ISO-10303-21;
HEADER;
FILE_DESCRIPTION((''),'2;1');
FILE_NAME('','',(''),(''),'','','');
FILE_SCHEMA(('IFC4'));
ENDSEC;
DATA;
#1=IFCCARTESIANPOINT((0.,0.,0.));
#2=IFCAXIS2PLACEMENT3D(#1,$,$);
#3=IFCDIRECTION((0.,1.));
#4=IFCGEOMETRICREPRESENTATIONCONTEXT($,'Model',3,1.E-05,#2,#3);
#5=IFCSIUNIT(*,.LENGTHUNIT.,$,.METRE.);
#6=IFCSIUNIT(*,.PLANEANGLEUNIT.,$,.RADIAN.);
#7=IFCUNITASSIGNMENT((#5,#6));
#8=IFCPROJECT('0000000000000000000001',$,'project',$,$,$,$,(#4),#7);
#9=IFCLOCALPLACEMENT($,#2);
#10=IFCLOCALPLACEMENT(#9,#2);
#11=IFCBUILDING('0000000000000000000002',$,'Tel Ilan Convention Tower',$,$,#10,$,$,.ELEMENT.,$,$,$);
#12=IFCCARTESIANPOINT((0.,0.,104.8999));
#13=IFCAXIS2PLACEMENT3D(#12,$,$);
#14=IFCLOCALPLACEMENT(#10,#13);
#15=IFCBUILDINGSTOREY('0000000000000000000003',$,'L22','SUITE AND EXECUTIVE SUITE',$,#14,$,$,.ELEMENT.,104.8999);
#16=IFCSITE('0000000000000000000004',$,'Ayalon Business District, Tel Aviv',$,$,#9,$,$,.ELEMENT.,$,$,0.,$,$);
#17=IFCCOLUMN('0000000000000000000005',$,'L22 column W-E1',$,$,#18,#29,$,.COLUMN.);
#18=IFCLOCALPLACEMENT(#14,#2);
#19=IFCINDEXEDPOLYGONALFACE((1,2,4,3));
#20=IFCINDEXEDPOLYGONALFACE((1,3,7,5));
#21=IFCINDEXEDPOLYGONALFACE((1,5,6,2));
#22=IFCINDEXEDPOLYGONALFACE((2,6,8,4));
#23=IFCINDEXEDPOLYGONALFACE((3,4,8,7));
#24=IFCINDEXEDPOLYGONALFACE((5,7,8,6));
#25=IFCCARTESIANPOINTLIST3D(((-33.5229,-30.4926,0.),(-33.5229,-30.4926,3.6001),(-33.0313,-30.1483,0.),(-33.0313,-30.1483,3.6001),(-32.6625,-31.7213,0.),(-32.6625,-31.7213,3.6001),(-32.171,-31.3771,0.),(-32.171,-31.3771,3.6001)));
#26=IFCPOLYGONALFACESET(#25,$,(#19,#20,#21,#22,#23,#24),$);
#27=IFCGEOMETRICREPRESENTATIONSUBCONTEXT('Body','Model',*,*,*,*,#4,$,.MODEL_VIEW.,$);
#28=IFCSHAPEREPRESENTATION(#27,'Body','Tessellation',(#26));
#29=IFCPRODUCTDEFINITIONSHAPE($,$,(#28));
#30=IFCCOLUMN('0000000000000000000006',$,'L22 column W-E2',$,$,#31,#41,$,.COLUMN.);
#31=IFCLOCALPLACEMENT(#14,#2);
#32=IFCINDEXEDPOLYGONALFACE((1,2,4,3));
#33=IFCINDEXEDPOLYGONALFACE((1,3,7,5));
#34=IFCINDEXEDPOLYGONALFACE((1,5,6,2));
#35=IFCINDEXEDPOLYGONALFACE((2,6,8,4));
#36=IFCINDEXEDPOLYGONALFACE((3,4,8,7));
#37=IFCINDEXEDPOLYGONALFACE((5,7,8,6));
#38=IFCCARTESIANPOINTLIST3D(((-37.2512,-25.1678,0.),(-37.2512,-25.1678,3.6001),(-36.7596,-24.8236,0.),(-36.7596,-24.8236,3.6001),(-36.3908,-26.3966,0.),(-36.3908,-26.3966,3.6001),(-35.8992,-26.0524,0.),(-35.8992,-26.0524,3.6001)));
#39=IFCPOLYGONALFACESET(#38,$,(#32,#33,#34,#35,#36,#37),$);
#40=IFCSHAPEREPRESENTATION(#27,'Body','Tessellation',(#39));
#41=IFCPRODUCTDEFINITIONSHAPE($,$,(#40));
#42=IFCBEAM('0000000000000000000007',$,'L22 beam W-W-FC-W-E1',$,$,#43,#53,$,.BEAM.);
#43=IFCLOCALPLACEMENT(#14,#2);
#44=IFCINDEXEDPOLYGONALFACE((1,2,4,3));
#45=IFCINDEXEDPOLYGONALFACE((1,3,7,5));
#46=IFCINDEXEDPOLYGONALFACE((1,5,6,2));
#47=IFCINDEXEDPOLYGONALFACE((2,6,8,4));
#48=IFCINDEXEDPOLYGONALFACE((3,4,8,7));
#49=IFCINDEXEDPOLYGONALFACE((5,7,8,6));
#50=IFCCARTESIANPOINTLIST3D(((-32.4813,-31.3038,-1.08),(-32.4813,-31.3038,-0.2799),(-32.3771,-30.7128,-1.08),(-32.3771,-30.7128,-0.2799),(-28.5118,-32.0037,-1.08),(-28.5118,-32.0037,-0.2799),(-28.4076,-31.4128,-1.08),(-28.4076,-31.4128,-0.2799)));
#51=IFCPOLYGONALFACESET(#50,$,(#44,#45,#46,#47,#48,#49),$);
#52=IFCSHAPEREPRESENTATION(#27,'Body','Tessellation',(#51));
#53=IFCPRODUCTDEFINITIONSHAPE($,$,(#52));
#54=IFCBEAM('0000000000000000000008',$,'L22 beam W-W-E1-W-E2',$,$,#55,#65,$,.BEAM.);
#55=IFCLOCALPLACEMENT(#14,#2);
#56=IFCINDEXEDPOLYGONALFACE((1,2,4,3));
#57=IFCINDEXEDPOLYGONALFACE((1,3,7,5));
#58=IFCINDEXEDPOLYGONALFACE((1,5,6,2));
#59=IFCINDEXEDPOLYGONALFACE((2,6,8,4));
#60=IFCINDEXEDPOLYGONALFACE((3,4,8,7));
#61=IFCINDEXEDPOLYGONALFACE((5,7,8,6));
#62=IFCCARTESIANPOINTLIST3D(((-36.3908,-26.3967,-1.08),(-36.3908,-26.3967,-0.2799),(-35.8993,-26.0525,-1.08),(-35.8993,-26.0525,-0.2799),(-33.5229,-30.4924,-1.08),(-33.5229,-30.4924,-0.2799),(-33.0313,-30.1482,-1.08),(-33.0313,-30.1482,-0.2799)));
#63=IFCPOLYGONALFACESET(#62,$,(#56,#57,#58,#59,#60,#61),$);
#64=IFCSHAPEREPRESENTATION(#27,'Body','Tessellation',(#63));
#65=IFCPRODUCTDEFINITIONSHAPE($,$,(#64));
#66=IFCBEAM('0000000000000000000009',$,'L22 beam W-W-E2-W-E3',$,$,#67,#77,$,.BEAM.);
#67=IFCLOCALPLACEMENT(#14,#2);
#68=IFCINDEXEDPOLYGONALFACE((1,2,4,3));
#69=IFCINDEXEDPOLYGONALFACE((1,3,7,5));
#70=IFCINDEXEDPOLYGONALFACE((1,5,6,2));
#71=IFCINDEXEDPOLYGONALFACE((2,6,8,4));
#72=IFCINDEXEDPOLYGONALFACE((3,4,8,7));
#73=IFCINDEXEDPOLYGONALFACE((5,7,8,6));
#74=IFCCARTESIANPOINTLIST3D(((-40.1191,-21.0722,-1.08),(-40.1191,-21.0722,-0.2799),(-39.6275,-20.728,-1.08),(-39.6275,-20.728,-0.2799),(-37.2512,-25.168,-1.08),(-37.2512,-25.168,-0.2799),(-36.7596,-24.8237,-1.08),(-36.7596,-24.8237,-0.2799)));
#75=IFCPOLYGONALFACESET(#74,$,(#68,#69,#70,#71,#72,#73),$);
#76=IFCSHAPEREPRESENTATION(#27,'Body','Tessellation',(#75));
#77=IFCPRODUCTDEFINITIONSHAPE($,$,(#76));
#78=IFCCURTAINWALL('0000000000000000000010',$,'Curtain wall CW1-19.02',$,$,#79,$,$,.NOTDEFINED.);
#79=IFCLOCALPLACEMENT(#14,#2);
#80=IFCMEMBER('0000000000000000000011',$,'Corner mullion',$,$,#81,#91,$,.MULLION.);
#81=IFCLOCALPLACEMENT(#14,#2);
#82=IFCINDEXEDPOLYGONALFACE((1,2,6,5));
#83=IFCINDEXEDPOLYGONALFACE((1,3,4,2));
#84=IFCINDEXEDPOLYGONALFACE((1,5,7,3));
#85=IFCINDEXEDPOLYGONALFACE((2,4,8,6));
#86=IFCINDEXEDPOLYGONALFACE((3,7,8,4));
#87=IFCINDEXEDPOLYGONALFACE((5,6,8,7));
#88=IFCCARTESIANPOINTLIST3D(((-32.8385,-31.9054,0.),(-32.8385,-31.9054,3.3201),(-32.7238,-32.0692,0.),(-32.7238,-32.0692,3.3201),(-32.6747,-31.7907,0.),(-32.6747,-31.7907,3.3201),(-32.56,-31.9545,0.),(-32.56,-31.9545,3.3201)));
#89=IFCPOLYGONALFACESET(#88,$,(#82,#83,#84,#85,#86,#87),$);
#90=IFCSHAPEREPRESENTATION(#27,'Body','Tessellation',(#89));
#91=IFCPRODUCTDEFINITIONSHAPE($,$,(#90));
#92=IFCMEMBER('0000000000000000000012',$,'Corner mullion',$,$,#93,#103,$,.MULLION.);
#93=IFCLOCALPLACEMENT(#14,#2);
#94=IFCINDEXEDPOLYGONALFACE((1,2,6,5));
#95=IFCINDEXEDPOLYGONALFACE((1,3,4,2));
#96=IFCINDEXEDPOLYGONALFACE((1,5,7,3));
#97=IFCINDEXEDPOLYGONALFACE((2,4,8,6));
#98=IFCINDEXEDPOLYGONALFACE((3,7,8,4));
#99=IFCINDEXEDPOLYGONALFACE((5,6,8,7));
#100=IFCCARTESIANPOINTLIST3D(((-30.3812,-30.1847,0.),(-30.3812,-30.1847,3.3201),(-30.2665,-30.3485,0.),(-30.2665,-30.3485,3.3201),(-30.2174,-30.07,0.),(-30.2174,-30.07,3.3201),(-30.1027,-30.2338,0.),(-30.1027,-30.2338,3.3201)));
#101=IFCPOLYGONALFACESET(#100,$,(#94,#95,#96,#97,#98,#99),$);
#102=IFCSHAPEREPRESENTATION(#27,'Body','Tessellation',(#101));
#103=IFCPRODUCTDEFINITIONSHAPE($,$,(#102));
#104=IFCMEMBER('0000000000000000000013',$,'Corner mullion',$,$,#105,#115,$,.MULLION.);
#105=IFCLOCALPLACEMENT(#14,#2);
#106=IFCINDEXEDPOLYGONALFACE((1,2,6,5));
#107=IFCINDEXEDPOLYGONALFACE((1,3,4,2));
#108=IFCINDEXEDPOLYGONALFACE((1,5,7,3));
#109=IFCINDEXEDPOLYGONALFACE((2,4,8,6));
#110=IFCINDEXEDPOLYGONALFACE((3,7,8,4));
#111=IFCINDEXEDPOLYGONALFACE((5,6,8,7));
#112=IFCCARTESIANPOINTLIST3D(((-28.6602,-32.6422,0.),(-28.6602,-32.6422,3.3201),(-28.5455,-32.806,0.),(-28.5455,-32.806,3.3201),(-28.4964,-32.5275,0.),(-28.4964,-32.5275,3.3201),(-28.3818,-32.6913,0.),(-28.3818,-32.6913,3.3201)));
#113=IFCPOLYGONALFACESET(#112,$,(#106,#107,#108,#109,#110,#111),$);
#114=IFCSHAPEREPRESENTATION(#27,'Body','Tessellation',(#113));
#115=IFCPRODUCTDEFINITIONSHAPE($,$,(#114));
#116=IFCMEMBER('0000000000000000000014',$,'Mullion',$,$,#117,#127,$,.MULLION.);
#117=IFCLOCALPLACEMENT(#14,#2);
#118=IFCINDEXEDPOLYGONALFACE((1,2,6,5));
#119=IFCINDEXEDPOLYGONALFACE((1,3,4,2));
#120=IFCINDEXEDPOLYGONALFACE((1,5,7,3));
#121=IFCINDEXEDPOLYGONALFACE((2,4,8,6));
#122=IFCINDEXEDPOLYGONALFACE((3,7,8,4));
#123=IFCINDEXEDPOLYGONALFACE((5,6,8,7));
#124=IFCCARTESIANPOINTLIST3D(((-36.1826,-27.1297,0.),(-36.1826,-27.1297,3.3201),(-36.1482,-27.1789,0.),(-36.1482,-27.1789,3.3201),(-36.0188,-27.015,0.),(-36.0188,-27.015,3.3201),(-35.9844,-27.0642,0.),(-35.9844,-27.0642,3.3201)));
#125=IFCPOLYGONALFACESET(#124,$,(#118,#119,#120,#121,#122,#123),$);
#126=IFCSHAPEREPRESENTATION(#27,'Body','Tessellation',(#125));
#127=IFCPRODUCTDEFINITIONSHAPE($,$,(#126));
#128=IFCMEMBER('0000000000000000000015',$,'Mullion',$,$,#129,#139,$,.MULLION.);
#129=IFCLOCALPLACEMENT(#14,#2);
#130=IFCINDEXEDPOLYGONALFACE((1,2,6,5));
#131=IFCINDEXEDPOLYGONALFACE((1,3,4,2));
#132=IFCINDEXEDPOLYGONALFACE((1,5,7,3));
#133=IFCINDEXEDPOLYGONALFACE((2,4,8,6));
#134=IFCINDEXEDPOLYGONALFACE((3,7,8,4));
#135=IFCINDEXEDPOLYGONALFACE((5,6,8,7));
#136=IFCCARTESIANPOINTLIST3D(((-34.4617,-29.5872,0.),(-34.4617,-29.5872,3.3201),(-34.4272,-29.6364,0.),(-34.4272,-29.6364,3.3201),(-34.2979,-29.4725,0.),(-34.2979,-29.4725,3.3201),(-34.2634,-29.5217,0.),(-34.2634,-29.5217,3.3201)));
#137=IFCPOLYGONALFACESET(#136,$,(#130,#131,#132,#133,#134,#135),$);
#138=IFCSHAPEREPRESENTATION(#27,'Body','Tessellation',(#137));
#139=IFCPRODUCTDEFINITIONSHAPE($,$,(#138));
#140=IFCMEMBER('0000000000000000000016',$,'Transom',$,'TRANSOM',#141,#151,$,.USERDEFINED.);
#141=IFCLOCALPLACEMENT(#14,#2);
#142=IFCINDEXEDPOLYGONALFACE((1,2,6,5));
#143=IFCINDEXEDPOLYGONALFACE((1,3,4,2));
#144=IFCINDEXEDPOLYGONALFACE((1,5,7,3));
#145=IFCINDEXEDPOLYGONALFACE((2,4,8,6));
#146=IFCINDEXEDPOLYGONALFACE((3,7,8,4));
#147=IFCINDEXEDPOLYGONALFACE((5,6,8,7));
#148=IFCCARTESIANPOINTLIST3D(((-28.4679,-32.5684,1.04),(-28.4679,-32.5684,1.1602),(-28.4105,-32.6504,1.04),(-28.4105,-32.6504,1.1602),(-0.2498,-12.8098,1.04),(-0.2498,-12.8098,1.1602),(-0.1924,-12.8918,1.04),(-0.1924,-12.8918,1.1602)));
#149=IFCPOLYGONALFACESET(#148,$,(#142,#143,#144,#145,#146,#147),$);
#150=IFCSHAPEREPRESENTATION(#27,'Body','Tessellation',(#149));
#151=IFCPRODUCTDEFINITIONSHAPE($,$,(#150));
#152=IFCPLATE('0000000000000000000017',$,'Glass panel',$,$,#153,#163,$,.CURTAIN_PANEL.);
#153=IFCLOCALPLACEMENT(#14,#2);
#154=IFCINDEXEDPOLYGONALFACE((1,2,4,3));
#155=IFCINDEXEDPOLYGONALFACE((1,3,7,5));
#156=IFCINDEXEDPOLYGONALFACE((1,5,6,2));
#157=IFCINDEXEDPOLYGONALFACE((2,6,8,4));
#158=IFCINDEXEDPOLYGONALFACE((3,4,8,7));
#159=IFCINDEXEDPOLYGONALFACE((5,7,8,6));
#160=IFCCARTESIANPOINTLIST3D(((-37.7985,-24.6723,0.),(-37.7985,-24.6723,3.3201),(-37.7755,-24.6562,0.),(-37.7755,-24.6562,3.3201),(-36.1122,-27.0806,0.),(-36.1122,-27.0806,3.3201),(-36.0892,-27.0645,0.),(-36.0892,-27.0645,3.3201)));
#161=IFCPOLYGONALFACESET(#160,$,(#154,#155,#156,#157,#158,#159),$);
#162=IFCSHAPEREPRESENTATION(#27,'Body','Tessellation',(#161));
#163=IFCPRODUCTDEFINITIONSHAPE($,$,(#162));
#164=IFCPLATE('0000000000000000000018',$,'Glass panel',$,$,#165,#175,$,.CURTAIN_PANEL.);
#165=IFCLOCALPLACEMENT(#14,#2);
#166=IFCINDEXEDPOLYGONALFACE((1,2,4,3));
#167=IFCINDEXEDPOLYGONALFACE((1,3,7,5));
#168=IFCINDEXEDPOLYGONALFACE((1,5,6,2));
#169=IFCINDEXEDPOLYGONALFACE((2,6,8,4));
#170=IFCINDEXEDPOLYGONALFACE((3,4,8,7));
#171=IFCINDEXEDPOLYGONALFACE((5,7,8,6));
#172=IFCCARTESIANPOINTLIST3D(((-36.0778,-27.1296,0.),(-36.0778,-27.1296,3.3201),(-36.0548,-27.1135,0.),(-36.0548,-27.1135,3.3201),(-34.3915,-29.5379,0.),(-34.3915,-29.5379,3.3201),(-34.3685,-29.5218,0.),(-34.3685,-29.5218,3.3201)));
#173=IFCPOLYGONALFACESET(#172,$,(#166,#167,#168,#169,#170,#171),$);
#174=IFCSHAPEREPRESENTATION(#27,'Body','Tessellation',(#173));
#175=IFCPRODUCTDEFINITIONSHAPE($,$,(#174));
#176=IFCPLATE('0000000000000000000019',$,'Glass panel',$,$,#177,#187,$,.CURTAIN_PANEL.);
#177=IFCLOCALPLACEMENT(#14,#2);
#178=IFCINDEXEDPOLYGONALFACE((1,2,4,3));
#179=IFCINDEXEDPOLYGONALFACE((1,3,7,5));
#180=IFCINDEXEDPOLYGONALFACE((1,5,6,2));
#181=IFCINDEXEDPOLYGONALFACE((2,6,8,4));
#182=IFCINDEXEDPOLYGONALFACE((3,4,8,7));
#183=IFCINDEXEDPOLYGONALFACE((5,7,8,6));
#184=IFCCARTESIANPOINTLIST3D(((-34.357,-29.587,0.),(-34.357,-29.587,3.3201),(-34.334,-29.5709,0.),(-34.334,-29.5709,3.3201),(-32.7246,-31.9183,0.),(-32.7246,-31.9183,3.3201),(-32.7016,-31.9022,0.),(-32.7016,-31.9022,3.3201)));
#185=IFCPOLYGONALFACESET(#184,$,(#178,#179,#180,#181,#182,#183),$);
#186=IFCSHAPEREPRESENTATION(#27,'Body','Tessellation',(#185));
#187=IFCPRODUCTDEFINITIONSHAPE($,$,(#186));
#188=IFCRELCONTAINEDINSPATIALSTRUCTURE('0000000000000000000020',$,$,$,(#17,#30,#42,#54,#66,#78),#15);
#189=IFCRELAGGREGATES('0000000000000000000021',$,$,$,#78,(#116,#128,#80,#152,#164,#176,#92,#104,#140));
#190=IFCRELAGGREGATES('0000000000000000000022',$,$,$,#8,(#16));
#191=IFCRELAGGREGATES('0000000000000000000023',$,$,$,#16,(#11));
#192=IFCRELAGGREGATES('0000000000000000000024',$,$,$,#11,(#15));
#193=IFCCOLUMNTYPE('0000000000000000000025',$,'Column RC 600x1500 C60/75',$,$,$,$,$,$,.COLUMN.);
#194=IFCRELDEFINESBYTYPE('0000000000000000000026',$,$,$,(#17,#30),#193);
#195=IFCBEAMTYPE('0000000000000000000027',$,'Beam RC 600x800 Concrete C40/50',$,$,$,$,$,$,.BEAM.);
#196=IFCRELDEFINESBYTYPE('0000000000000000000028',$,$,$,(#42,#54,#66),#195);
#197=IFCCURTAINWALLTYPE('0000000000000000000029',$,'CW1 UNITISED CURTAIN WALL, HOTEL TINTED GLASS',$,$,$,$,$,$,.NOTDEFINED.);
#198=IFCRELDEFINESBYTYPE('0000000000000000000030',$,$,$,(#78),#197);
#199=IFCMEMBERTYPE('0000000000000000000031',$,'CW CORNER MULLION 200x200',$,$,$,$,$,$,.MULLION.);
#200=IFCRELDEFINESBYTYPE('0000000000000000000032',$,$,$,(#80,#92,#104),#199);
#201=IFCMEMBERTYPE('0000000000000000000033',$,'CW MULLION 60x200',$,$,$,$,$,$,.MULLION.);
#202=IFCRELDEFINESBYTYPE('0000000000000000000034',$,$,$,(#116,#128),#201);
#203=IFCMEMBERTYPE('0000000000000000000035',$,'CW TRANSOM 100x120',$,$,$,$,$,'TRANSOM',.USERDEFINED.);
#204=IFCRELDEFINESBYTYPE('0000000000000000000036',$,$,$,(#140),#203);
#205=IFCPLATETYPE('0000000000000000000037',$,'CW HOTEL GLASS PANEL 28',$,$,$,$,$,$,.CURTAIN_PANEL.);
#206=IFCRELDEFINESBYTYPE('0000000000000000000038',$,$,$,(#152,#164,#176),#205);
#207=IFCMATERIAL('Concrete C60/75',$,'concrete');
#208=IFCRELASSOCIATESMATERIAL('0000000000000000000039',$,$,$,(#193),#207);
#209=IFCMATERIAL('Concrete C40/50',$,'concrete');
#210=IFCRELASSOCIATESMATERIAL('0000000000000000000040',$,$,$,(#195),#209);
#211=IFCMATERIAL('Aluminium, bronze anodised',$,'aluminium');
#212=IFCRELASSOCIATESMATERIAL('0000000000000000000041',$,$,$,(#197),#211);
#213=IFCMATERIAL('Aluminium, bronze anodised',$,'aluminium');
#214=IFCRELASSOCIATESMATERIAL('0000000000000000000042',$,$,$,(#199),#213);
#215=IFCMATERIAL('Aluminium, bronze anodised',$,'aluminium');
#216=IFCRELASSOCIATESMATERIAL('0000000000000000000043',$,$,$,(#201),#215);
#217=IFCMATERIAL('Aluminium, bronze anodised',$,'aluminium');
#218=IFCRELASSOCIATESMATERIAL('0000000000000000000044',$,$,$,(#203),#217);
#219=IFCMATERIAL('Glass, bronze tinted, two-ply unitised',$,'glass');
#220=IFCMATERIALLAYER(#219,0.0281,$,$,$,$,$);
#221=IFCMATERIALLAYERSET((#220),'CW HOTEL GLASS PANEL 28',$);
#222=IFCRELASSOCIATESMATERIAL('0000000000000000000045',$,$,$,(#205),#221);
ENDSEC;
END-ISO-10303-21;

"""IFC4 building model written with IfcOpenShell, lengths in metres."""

from ifc_helpers import new_model, si_unit, direction, frame, origin, origin_2d, place, context, subcontext, project, spatial, rectangle, extrude, material, layer, layer_set, material_profile, profile_set, type_object, element, aggregate, save


model = new_model("IFC4")

# Units and contexts
model_context = context("Model", 3, precision=1e-05, world=origin(), true_north=direction((0.0, 1.0)))
body_context = subcontext(model_context, "Body", "Model", "MODEL_VIEW")
ifc_project = project(units=[si_unit("LENGTHUNIT", "METRE"), si_unit("PLANEANGLEUNIT", "RADIAN")], contexts=[model_context])

# Site, building, storey
site_placement = place(None, origin())
site = spatial("IfcSite", under=ifc_project, at=site_placement, Name="Ayalon Business District, Tel Aviv", CompositionType="ELEMENT", RefElevation=0.0)
building_placement = place(site_placement, origin())
building = spatial("IfcBuilding", under=site, at=building_placement, Name="Tel Ilan Convention Tower", CompositionType="ELEMENT")
storey_placement = place(building_placement, frame((0.0, 0.0, 104.8999)))
storey = spatial("IfcBuildingStorey", under=building, at=storey_placement, Name="L22", Description="SUITE AND EXECUTIVE SUITE", CompositionType="ELEMENT", Elevation=104.8999)

# Columns
ifc_material_1 = material(Name="Concrete C60/75", Category="concrete")
ifc_material_profile_1 = material_profile(ifc_material_1, rectangle(XDim=1.5, YDim=0.6001, at=origin_2d()), Name="RC 600x1500")
ifc_profile_set_1 = profile_set([ifc_material_profile_1], Name="Concrete C60/75")
column_type = type_object("IfcColumnType", Name="Column RC 600x1500 C60/75", PredefinedType="COLUMN", material=ifc_profile_set_1)
for number, where, z_axis, x_axis, name in (
    (1, (-32.8469, -30.9348, 0.0), (0.0, 0.0, 1.0), (-0.573576, 0.819152, 0.0), "L22 column W-E1"),
    (2, (-36.5752, -25.6101, 0.0), (0.0, 0.0, 1.0), (-0.573576, 0.819152, 0.0), "L22 column W-E2"),
):
    element("IfcColumn", number, at=place(storey_placement, frame(where, z_axis=z_axis, x_axis=x_axis)), inside=storey, type_object=column_type, Name=name, PredefinedType="COLUMN", context=body_context, shape_type="SweptSolid", body=[
        extrude(rectangle(XDim=1.5, YDim=0.6001, at=origin_2d()), origin(), (0.0, 0.0, 1.0), 3.6001),
    ])

# Beams
ifc_material_2 = material(Name="Concrete C40/50", Category="concrete")
ifc_material_profile_2 = material_profile(ifc_material_2, rectangle(XDim=0.6001, YDim=0.8, at=origin_2d()), Name="RC 600x800")
ifc_profile_set_2 = profile_set([ifc_material_profile_2], Name="Concrete C40/50")
beam_type = type_object("IfcBeamType", Name="Beam RC 600x800 Concrete C40/50", PredefinedType="BEAM", material=ifc_profile_set_2)
beam_placement = place(storey_placement, frame((-28.4597, -31.7083, -0.6799), z_axis=(-0.984807, 0.173654, 0.0), x_axis=(-0.173654, -0.984807, 0.0)))
element("IfcBeam", 3, at=beam_placement, inside=storey, type_object=beam_type, Name="L22 beam W-W-FC-W-E1", PredefinedType="BEAM", context=body_context, shape_type="SweptSolid", body=[
    extrude(rectangle(XDim=0.6001, YDim=0.8, at=origin_2d()), origin(), (0.0, 0.0, 1.0), 4.0308),
])
for number, where, z_axis, x_axis, name in (
    (4, (-33.2771, -30.3203, -0.6799), (-0.573587, 0.819145, 0.0), (-0.819145, -0.573587, 0.0), "L22 beam W-W-E1-W-E2"),
    (5, (-37.0054, -24.9958, -0.6799), (-0.573587, 0.819145, 0.0), (-0.819145, -0.573587, 0.0), "L22 beam W-W-E2-W-E3"),
):
    element("IfcBeam", number, at=place(storey_placement, frame(where, z_axis=z_axis, x_axis=x_axis)), inside=storey, type_object=beam_type, Name=name, PredefinedType="BEAM", context=body_context, shape_type="SweptSolid", body=[
        extrude(rectangle(XDim=0.6001, YDim=0.8, at=origin_2d()), origin(), (0.0, 0.0, 1.0), 5.0),
    ])

# Curtain wall, members, plates
ifc_material_3 = material(Name="Aluminium, bronze anodised", Category="aluminium")
curtain_wall_type = type_object("IfcCurtainWallType", Name="CW1 UNITISED CURTAIN WALL, HOTEL TINTED GLASS", PredefinedType="NOTDEFINED", material=ifc_material_3)
curtain_wall_placement = place(storey_placement, origin())
curtain_wall = element("IfcCurtainWall", 6, at=curtain_wall_placement, inside=storey, type_object=curtain_wall_type, Name="Curtain wall CW1-19.02", PredefinedType="NOTDEFINED")
ifc_material_4 = material(Name="Aluminium, bronze anodised", Category="aluminium")
ifc_material_profile_3 = material_profile(ifc_material_4, rectangle(XDim=0.2, YDim=0.2, at=origin_2d()), Name="CW CORNER MULLION 200x200")
ifc_profile_set_3 = profile_set([ifc_material_profile_3], Name="Aluminium, bronze anodised")
member_type_1 = type_object("IfcMemberType", Name="CW CORNER MULLION 200x200", PredefinedType="MULLION", material=ifc_profile_set_3)
member_1_placement = place(storey_placement, frame((-32.6992, -31.9299, 0.0), z_axis=(0.0, 0.0, 1.0), x_axis=(0.573576, -0.819152, 0.0)))
member_1 = element("IfcMember", 7, at=member_1_placement, type_object=member_type_1, Name="Corner mullion", PredefinedType="MULLION", context=body_context, shape_type="SweptSolid", body=[
    extrude(rectangle(XDim=0.2, YDim=0.2, at=origin_2d()), origin(), (0.0, 0.0, 1.0), 3.3201),
])
member_2_placement = place(storey_placement, frame((-30.2419, -30.2092, 0.0), z_axis=(0.0, 0.0, 1.0), x_axis=(0.819152, 0.573576, 0.0)))
member_2 = element("IfcMember", 8, at=member_2_placement, type_object=member_type_1, Name="Corner mullion", PredefinedType="MULLION", context=body_context, shape_type="SweptSolid", body=[
    extrude(rectangle(XDim=0.2, YDim=0.2, at=origin_2d()), origin(), (0.0, 0.0, 1.0), 3.3201),
])
member_3_placement = place(storey_placement, frame((-28.521, -32.6667, 0.0), z_axis=(0.0, 0.0, 1.0), x_axis=(0.573576, -0.819152, 0.0)))
member_3 = element("IfcMember", 9, at=member_3_placement, type_object=member_type_1, Name="Corner mullion", PredefinedType="MULLION", context=body_context, shape_type="SweptSolid", body=[
    extrude(rectangle(XDim=0.2, YDim=0.2, at=origin_2d()), origin(), (0.0, 0.0, 1.0), 3.3201),
])
ifc_material_5 = material(Name="Aluminium, bronze anodised", Category="aluminium")
ifc_material_profile_4 = material_profile(ifc_material_5, rectangle(XDim=0.0601, YDim=0.2, at=origin_2d()), Name="CW MULLION 60x200")
ifc_profile_set_4 = profile_set([ifc_material_profile_4], Name="Aluminium, bronze anodised")
member_type_2 = type_object("IfcMemberType", Name="CW MULLION 60x200", PredefinedType="MULLION", material=ifc_profile_set_4)
member_4_placement = place(storey_placement, frame((-36.0835, -27.0969, 0.0), z_axis=(0.0, 0.0, 1.0), x_axis=(0.573576, -0.819152, 0.0)))
member_4 = element("IfcMember", 10, at=member_4_placement, type_object=member_type_2, Name="Mullion", PredefinedType="MULLION", context=body_context, shape_type="SweptSolid", body=[
    extrude(rectangle(XDim=0.0601, YDim=0.2, at=origin_2d()), origin(), (0.0, 0.0, 1.0), 3.3201),
])
member_5_placement = place(storey_placement, frame((-34.3625, -29.5544, 0.0), z_axis=(0.0, 0.0, 1.0), x_axis=(0.573576, -0.819152, 0.0)))
member_5 = element("IfcMember", 11, at=member_5_placement, type_object=member_type_2, Name="Mullion", PredefinedType="MULLION", context=body_context, shape_type="SweptSolid", body=[
    extrude(rectangle(XDim=0.0601, YDim=0.2, at=origin_2d()), origin(), (0.0, 0.0, 1.0), 3.3201),
])
ifc_material_6 = material(Name="Aluminium, bronze anodised", Category="aluminium")
ifc_material_profile_5 = material_profile(ifc_material_6, rectangle(XDim=0.1001, YDim=0.1201, at=origin_2d()), Name="CW TRANSOM 100x120")
ifc_profile_set_5 = profile_set([ifc_material_profile_5], Name="Aluminium, bronze anodised")
member_type_3 = type_object("IfcMemberType", Name="CW TRANSOM 100x120", ElementType="TRANSOM", PredefinedType="USERDEFINED", material=ifc_profile_set_5)
member_6_placement = place(storey_placement, frame((-28.4392, -32.6094, 1.1001), z_axis=(0.819151, 0.573578, 0.0), x_axis=(-0.573578, 0.819151, 0.0)))
member_6 = element("IfcMember", 12, at=member_6_placement, type_object=member_type_3, Name="Transom", ObjectType="TRANSOM", PredefinedType="USERDEFINED", context=body_context, shape_type="SweptSolid", body=[
    extrude(rectangle(XDim=0.1001, YDim=0.1201, at=origin_2d()), origin(), (0.0, 0.0, 1.0), 34.448),
])
ifc_material_7 = material(Name="Glass, bronze tinted, two-ply unitised", Category="glass")
ifc_layer_1 = layer(ifc_material_7, 0.0281)
ifc_layer_set_1 = layer_set([ifc_layer_1], Name="CW HOTEL GLASS PANEL 28")
plate_type = type_object("IfcPlateType", Name="CW HOTEL GLASS PANEL 28", PredefinedType="CURTAIN_PANEL", material=ifc_layer_set_1)
plate_1_placement = place(storey_placement, frame((-36.9438, -25.8684, 0.0), z_axis=(0.0, 0.0, 1.0), x_axis=(0.573576, -0.819152, 0.0)))
plate_1 = element("IfcPlate", 13, at=plate_1_placement, type_object=plate_type, Name="Glass panel", PredefinedType="CURTAIN_PANEL", context=body_context, shape_type="SweptSolid", body=[
    extrude(rectangle(XDim=2.9399, YDim=0.0281, at=origin_2d()), origin(), (0.0, 0.0, 1.0), 3.3201),
])
plate_2_placement = place(storey_placement, frame((-35.2231, -28.3257, 0.0), z_axis=(0.0, 0.0, 1.0), x_axis=(0.573576, -0.819152, 0.0)))
plate_2 = element("IfcPlate", 14, at=plate_2_placement, type_object=plate_type, Name="Glass panel", PredefinedType="CURTAIN_PANEL", context=body_context, shape_type="SweptSolid", body=[
    extrude(rectangle(XDim=2.9399, YDim=0.0281, at=origin_2d()), origin(), (0.0, 0.0, 1.0), 3.3201),
])
plate_3_placement = place(storey_placement, frame((-33.5293, -30.7446, 0.0), z_axis=(0.0, 0.0, 1.0), x_axis=(0.573576, -0.819152, 0.0)))
plate_3 = element("IfcPlate", 15, at=plate_3_placement, type_object=plate_type, Name="Glass panel", PredefinedType="CURTAIN_PANEL", context=body_context, shape_type="SweptSolid", body=[
    extrude(rectangle(XDim=2.8459, YDim=0.0281, at=origin_2d()), origin(), (0.0, 0.0, 1.0), 3.3201),
])
aggregate(curtain_wall, [member_4, member_5, member_1, plate_1, plate_2, plate_3, member_2, member_3, member_6])

save(model, "model.ifc")
